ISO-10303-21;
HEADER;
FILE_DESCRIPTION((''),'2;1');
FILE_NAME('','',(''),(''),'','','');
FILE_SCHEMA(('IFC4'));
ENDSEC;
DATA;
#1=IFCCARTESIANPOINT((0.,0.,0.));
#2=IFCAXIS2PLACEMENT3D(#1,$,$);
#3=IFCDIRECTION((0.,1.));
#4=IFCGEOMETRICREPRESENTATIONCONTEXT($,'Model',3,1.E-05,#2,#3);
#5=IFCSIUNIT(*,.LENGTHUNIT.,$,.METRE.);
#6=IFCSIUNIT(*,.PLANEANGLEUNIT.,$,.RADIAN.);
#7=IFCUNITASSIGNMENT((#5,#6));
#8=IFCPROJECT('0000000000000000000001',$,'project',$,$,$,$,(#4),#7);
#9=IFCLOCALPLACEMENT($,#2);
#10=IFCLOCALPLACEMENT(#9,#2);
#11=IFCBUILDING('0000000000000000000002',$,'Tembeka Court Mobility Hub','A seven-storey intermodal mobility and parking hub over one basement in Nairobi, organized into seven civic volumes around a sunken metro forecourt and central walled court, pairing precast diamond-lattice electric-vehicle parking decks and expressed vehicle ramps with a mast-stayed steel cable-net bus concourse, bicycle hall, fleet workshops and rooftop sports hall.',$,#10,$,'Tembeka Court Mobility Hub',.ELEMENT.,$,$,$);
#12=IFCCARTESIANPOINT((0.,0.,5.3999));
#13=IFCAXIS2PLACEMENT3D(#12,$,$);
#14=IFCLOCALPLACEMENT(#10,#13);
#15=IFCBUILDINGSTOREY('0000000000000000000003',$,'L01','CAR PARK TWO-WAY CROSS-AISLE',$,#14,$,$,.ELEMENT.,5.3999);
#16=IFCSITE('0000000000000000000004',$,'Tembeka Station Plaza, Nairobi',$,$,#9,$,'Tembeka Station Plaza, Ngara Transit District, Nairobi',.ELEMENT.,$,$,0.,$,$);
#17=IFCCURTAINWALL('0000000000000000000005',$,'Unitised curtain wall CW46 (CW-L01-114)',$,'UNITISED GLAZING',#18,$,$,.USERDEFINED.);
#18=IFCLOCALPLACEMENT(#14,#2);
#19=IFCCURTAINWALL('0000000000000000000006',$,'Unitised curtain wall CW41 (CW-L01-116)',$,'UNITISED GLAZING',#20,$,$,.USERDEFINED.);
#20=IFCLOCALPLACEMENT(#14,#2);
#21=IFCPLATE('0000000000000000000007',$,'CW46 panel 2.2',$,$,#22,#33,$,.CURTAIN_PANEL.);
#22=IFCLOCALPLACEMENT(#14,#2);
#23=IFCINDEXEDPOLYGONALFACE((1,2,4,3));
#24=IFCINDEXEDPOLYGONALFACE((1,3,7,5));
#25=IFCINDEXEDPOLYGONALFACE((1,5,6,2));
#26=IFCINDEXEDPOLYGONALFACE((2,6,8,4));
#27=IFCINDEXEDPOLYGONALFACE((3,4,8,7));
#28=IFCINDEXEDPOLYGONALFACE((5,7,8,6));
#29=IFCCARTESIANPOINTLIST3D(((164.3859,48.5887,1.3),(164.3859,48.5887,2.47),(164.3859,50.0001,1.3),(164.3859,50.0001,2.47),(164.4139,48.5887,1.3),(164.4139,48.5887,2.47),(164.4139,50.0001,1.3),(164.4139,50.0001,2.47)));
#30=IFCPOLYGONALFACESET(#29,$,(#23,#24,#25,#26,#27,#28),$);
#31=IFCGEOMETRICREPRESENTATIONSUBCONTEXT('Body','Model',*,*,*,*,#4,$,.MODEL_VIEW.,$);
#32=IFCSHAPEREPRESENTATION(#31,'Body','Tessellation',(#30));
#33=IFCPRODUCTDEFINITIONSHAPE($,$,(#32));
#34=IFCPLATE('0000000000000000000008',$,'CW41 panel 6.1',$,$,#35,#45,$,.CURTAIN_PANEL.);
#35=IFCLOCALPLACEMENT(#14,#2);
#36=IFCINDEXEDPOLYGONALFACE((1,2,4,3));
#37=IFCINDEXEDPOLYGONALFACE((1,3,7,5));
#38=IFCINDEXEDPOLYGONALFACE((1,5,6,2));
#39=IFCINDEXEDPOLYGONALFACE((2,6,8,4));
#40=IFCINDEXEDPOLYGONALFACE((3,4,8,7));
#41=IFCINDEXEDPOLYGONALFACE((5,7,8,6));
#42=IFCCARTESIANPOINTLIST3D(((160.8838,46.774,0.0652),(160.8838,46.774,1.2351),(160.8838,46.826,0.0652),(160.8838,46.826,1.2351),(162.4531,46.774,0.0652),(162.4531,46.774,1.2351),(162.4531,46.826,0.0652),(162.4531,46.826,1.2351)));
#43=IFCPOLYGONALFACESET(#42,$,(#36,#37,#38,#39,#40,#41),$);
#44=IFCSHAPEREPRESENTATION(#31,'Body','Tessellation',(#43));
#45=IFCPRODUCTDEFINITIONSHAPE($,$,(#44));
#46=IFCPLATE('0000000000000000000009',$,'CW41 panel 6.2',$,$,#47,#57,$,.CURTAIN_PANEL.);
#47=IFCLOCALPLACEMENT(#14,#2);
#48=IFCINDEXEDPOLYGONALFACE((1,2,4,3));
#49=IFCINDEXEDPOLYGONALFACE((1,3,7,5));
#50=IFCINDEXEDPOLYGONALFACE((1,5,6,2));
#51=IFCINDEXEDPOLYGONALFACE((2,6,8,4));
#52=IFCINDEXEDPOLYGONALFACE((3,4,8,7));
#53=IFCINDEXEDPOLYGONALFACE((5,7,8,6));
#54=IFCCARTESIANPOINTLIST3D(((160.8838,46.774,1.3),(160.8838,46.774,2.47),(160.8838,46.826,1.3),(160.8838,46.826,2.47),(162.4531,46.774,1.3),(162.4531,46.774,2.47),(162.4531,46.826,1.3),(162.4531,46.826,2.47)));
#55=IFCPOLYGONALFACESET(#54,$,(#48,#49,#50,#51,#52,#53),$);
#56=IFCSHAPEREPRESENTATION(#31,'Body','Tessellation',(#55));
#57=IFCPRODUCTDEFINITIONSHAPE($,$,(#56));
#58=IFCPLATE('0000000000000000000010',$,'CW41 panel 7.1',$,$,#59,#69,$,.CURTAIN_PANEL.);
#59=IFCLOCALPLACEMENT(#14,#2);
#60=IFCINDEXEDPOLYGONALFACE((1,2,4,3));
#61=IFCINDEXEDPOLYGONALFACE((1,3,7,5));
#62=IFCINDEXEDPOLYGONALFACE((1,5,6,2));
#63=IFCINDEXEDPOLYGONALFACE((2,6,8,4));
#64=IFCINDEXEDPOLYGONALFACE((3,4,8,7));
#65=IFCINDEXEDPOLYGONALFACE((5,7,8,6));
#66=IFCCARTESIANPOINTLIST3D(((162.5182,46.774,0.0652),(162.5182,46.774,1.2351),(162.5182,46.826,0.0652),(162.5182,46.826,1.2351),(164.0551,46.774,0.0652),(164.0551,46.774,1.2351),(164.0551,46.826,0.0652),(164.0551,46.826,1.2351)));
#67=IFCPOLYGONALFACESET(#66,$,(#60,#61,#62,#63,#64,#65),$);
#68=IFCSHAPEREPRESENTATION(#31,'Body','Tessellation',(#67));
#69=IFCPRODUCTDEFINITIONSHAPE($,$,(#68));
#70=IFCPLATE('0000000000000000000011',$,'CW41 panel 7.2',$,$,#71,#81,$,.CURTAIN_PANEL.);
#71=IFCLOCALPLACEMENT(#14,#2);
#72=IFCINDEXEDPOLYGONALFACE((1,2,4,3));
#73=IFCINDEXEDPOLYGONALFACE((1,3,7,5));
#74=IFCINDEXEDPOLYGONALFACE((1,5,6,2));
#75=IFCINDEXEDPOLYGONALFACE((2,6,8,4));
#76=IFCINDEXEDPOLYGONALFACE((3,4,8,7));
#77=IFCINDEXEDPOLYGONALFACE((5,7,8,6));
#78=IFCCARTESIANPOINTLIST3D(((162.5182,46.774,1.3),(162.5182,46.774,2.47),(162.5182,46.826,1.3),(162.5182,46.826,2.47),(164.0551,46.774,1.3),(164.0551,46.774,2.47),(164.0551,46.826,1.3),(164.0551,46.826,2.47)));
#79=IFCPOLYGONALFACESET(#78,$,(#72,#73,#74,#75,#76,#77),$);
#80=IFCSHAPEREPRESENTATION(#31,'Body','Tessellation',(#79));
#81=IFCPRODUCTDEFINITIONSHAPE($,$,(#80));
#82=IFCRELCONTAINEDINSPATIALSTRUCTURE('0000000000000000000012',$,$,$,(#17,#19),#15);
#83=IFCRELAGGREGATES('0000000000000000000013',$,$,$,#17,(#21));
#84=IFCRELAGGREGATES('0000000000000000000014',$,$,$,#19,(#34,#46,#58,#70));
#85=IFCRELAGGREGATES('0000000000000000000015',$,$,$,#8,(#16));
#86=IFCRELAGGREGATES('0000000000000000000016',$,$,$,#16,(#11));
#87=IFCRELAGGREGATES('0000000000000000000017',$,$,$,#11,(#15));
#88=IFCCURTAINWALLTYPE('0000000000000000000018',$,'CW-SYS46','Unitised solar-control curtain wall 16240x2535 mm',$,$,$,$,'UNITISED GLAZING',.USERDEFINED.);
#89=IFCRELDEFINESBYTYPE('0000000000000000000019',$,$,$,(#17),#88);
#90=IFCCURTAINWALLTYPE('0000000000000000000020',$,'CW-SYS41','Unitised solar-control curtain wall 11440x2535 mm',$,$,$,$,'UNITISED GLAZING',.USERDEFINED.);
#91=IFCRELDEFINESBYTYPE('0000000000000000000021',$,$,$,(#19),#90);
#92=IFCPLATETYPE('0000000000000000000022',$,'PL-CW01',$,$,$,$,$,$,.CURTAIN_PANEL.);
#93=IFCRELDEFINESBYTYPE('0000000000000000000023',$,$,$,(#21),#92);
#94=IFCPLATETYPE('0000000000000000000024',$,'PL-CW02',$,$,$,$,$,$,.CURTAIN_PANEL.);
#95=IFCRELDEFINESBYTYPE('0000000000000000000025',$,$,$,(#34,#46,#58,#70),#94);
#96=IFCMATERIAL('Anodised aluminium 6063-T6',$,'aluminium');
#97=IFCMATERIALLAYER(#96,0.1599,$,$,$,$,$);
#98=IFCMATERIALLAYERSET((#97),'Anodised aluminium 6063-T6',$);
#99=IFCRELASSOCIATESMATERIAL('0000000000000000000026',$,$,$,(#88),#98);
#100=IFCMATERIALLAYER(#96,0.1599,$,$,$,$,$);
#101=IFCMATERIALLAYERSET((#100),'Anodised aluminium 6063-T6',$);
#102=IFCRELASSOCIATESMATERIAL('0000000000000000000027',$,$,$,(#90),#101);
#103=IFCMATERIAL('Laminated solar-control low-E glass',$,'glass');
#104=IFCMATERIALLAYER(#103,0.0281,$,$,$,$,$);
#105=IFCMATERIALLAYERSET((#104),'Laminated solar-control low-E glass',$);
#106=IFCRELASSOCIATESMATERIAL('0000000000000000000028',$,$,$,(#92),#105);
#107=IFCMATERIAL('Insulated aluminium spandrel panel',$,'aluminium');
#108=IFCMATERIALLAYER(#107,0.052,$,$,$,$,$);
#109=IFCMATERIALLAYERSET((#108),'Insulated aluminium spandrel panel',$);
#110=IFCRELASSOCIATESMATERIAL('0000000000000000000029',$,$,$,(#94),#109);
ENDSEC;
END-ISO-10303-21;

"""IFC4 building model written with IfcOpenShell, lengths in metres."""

from ifc_helpers import new_model, si_unit, direction, frame, origin, origin_2d, place, context, subcontext, project, spatial, rectangle, extrude, material, layer, layer_set, type_object, element, aggregate, save


model = new_model("IFC4")

# Units and contexts
model_context = context("Model", 3, precision=1e-05, world=origin(), true_north=direction((0.0, 1.0)))
body_context = subcontext(model_context, "Body", "Model", "MODEL_VIEW")
ifc_project = project(units=[si_unit("LENGTHUNIT", "METRE"), si_unit("PLANEANGLEUNIT", "RADIAN")], contexts=[model_context])

# Site, building, storey
site_placement = place(None, origin())
site = spatial("IfcSite", under=ifc_project, at=site_placement, Name="Tembeka Station Plaza, Nairobi", LongName="Tembeka Station Plaza, Ngara Transit District, Nairobi", CompositionType="ELEMENT", RefElevation=0.0)
building_placement = place(site_placement, origin())
building = spatial("IfcBuilding", under=site, at=building_placement, Name="Tembeka Court Mobility Hub", Description="A seven-storey intermodal mobility and parking hub over one basement in Nairobi, organized into seven civic volumes around a sunken metro forecourt and central walled court, pairing precast diamond-lattice electric-vehicle parking decks and expressed vehicle ramps with a mast-stayed steel cable-net bus concourse, bicycle hall, fleet workshops and rooftop sports hall.", LongName="Tembeka Court Mobility Hub", CompositionType="ELEMENT")
storey_placement = place(building_placement, frame((0.0, 0.0, 5.3999)))
storey = spatial("IfcBuildingStorey", under=building, at=storey_placement, Name="L01", Description="CAR PARK TWO-WAY CROSS-AISLE", CompositionType="ELEMENT", Elevation=5.3999)

# Curtain walls
ifc_material_1 = material(Name="Anodised aluminium 6063-T6", Category="aluminium")
ifc_layer_1 = layer(ifc_material_1, 0.1599)
ifc_layer_set_1 = layer_set([ifc_layer_1], Name="Anodised aluminium 6063-T6")
curtain_wall_type_1 = type_object("IfcCurtainWallType", Name="CW-SYS46", Description="Unitised solar-control curtain wall 16240x2535 mm", ElementType="UNITISED GLAZING", PredefinedType="USERDEFINED", material=ifc_layer_set_1)
curtain_wall_1_placement = place(storey_placement, origin())
curtain_wall_1 = element("IfcCurtainWall", 1, at=curtain_wall_1_placement, inside=storey, type_object=curtain_wall_type_1, Name="Unitised curtain wall CW46 (CW-L01-114)", ObjectType="UNITISED GLAZING", PredefinedType="USERDEFINED")
ifc_layer_2 = layer(ifc_material_1, 0.1599)
ifc_layer_set_2 = layer_set([ifc_layer_2], Name="Anodised aluminium 6063-T6")
curtain_wall_type_2 = type_object("IfcCurtainWallType", Name="CW-SYS41", Description="Unitised solar-control curtain wall 11440x2535 mm", ElementType="UNITISED GLAZING", PredefinedType="USERDEFINED", material=ifc_layer_set_2)
curtain_wall_2_placement = place(storey_placement, origin())
curtain_wall_2 = element("IfcCurtainWall", 2, at=curtain_wall_2_placement, inside=storey, type_object=curtain_wall_type_2, Name="Unitised curtain wall CW41 (CW-L01-116)", ObjectType="UNITISED GLAZING", PredefinedType="USERDEFINED")

# Plates
ifc_material_2 = material(Name="Laminated solar-control low-E glass", Category="glass")
ifc_layer_3 = layer(ifc_material_2, 0.0281)
ifc_layer_set_3 = layer_set([ifc_layer_3], Name="Laminated solar-control low-E glass")
plate_type_1 = type_object("IfcPlateType", Name="PL-CW01", PredefinedType="CURTAIN_PANEL", material=ifc_layer_set_3)
plate_1_placement = place(storey_placement, frame((164.3999, 49.2944, 1.3), z_axis=(0.0, 0.0, 1.0), x_axis=(0.0, 1.0, 0.0)))
plate_1 = element("IfcPlate", 3, at=plate_1_placement, type_object=plate_type_1, Name="CW46 panel 2.2", PredefinedType="CURTAIN_PANEL", context=body_context, shape_type="SweptSolid", body=[
    extrude(rectangle(XDim=1.4114, YDim=0.0281, at=origin_2d()), origin(), (0.0, 0.0, 1.0), 1.1699),
])
aggregate(curtain_wall_1, [plate_1])
ifc_material_3 = material(Name="Insulated aluminium spandrel panel", Category="aluminium")
ifc_layer_4 = layer(ifc_material_3, 0.052)
ifc_layer_set_4 = layer_set([ifc_layer_4], Name="Insulated aluminium spandrel panel")
plate_type_2 = type_object("IfcPlateType", Name="PL-CW02", PredefinedType="CURTAIN_PANEL", material=ifc_layer_set_4)
plate_2_placement = place(storey_placement, frame((161.6685, 46.8, 0.0652), z_axis=(0.0, 0.0, 1.0), x_axis=(1.0, 0.0, 0.0)))
plate_2 = element("IfcPlate", 4, at=plate_2_placement, type_object=plate_type_2, Name="CW41 panel 6.1", PredefinedType="CURTAIN_PANEL", context=body_context, shape_type="SweptSolid", body=[
    extrude(rectangle(XDim=1.5693, YDim=0.052, at=origin_2d()), origin(), (0.0, 0.0, 1.0), 1.1699),
])
plate_3_placement = place(storey_placement, frame((161.6685, 46.8, 1.3), z_axis=(0.0, 0.0, 1.0), x_axis=(1.0, 0.0, 0.0)))
plate_3 = element("IfcPlate", 5, at=plate_3_placement, type_object=plate_type_2, Name="CW41 panel 6.2", PredefinedType="CURTAIN_PANEL", context=body_context, shape_type="SweptSolid", body=[
    extrude(rectangle(XDim=1.5693, YDim=0.052, at=origin_2d()), origin(), (0.0, 0.0, 1.0), 1.1699),
])
plate_4_placement = place(storey_placement, frame((163.2866, 46.8, 0.0652), z_axis=(0.0, 0.0, 1.0), x_axis=(1.0, 0.0, 0.0)))
plate_4 = element("IfcPlate", 6, at=plate_4_placement, type_object=plate_type_2, Name="CW41 panel 7.1", PredefinedType="CURTAIN_PANEL", context=body_context, shape_type="SweptSolid", body=[
    extrude(rectangle(XDim=1.5369, YDim=0.052, at=origin_2d()), origin(), (0.0, 0.0, 1.0), 1.1699),
])
plate_5_placement = place(storey_placement, frame((163.2866, 46.8, 1.3), z_axis=(0.0, 0.0, 1.0), x_axis=(1.0, 0.0, 0.0)))
plate_5 = element("IfcPlate", 7, at=plate_5_placement, type_object=plate_type_2, Name="CW41 panel 7.2", PredefinedType="CURTAIN_PANEL", context=body_context, shape_type="SweptSolid", body=[
    extrude(rectangle(XDim=1.5369, YDim=0.052, at=origin_2d()), origin(), (0.0, 0.0, 1.0), 1.1699),
])
aggregate(curtain_wall_2, [plate_2, plate_3, plate_4, plate_5])

save(model, "model.ifc")
